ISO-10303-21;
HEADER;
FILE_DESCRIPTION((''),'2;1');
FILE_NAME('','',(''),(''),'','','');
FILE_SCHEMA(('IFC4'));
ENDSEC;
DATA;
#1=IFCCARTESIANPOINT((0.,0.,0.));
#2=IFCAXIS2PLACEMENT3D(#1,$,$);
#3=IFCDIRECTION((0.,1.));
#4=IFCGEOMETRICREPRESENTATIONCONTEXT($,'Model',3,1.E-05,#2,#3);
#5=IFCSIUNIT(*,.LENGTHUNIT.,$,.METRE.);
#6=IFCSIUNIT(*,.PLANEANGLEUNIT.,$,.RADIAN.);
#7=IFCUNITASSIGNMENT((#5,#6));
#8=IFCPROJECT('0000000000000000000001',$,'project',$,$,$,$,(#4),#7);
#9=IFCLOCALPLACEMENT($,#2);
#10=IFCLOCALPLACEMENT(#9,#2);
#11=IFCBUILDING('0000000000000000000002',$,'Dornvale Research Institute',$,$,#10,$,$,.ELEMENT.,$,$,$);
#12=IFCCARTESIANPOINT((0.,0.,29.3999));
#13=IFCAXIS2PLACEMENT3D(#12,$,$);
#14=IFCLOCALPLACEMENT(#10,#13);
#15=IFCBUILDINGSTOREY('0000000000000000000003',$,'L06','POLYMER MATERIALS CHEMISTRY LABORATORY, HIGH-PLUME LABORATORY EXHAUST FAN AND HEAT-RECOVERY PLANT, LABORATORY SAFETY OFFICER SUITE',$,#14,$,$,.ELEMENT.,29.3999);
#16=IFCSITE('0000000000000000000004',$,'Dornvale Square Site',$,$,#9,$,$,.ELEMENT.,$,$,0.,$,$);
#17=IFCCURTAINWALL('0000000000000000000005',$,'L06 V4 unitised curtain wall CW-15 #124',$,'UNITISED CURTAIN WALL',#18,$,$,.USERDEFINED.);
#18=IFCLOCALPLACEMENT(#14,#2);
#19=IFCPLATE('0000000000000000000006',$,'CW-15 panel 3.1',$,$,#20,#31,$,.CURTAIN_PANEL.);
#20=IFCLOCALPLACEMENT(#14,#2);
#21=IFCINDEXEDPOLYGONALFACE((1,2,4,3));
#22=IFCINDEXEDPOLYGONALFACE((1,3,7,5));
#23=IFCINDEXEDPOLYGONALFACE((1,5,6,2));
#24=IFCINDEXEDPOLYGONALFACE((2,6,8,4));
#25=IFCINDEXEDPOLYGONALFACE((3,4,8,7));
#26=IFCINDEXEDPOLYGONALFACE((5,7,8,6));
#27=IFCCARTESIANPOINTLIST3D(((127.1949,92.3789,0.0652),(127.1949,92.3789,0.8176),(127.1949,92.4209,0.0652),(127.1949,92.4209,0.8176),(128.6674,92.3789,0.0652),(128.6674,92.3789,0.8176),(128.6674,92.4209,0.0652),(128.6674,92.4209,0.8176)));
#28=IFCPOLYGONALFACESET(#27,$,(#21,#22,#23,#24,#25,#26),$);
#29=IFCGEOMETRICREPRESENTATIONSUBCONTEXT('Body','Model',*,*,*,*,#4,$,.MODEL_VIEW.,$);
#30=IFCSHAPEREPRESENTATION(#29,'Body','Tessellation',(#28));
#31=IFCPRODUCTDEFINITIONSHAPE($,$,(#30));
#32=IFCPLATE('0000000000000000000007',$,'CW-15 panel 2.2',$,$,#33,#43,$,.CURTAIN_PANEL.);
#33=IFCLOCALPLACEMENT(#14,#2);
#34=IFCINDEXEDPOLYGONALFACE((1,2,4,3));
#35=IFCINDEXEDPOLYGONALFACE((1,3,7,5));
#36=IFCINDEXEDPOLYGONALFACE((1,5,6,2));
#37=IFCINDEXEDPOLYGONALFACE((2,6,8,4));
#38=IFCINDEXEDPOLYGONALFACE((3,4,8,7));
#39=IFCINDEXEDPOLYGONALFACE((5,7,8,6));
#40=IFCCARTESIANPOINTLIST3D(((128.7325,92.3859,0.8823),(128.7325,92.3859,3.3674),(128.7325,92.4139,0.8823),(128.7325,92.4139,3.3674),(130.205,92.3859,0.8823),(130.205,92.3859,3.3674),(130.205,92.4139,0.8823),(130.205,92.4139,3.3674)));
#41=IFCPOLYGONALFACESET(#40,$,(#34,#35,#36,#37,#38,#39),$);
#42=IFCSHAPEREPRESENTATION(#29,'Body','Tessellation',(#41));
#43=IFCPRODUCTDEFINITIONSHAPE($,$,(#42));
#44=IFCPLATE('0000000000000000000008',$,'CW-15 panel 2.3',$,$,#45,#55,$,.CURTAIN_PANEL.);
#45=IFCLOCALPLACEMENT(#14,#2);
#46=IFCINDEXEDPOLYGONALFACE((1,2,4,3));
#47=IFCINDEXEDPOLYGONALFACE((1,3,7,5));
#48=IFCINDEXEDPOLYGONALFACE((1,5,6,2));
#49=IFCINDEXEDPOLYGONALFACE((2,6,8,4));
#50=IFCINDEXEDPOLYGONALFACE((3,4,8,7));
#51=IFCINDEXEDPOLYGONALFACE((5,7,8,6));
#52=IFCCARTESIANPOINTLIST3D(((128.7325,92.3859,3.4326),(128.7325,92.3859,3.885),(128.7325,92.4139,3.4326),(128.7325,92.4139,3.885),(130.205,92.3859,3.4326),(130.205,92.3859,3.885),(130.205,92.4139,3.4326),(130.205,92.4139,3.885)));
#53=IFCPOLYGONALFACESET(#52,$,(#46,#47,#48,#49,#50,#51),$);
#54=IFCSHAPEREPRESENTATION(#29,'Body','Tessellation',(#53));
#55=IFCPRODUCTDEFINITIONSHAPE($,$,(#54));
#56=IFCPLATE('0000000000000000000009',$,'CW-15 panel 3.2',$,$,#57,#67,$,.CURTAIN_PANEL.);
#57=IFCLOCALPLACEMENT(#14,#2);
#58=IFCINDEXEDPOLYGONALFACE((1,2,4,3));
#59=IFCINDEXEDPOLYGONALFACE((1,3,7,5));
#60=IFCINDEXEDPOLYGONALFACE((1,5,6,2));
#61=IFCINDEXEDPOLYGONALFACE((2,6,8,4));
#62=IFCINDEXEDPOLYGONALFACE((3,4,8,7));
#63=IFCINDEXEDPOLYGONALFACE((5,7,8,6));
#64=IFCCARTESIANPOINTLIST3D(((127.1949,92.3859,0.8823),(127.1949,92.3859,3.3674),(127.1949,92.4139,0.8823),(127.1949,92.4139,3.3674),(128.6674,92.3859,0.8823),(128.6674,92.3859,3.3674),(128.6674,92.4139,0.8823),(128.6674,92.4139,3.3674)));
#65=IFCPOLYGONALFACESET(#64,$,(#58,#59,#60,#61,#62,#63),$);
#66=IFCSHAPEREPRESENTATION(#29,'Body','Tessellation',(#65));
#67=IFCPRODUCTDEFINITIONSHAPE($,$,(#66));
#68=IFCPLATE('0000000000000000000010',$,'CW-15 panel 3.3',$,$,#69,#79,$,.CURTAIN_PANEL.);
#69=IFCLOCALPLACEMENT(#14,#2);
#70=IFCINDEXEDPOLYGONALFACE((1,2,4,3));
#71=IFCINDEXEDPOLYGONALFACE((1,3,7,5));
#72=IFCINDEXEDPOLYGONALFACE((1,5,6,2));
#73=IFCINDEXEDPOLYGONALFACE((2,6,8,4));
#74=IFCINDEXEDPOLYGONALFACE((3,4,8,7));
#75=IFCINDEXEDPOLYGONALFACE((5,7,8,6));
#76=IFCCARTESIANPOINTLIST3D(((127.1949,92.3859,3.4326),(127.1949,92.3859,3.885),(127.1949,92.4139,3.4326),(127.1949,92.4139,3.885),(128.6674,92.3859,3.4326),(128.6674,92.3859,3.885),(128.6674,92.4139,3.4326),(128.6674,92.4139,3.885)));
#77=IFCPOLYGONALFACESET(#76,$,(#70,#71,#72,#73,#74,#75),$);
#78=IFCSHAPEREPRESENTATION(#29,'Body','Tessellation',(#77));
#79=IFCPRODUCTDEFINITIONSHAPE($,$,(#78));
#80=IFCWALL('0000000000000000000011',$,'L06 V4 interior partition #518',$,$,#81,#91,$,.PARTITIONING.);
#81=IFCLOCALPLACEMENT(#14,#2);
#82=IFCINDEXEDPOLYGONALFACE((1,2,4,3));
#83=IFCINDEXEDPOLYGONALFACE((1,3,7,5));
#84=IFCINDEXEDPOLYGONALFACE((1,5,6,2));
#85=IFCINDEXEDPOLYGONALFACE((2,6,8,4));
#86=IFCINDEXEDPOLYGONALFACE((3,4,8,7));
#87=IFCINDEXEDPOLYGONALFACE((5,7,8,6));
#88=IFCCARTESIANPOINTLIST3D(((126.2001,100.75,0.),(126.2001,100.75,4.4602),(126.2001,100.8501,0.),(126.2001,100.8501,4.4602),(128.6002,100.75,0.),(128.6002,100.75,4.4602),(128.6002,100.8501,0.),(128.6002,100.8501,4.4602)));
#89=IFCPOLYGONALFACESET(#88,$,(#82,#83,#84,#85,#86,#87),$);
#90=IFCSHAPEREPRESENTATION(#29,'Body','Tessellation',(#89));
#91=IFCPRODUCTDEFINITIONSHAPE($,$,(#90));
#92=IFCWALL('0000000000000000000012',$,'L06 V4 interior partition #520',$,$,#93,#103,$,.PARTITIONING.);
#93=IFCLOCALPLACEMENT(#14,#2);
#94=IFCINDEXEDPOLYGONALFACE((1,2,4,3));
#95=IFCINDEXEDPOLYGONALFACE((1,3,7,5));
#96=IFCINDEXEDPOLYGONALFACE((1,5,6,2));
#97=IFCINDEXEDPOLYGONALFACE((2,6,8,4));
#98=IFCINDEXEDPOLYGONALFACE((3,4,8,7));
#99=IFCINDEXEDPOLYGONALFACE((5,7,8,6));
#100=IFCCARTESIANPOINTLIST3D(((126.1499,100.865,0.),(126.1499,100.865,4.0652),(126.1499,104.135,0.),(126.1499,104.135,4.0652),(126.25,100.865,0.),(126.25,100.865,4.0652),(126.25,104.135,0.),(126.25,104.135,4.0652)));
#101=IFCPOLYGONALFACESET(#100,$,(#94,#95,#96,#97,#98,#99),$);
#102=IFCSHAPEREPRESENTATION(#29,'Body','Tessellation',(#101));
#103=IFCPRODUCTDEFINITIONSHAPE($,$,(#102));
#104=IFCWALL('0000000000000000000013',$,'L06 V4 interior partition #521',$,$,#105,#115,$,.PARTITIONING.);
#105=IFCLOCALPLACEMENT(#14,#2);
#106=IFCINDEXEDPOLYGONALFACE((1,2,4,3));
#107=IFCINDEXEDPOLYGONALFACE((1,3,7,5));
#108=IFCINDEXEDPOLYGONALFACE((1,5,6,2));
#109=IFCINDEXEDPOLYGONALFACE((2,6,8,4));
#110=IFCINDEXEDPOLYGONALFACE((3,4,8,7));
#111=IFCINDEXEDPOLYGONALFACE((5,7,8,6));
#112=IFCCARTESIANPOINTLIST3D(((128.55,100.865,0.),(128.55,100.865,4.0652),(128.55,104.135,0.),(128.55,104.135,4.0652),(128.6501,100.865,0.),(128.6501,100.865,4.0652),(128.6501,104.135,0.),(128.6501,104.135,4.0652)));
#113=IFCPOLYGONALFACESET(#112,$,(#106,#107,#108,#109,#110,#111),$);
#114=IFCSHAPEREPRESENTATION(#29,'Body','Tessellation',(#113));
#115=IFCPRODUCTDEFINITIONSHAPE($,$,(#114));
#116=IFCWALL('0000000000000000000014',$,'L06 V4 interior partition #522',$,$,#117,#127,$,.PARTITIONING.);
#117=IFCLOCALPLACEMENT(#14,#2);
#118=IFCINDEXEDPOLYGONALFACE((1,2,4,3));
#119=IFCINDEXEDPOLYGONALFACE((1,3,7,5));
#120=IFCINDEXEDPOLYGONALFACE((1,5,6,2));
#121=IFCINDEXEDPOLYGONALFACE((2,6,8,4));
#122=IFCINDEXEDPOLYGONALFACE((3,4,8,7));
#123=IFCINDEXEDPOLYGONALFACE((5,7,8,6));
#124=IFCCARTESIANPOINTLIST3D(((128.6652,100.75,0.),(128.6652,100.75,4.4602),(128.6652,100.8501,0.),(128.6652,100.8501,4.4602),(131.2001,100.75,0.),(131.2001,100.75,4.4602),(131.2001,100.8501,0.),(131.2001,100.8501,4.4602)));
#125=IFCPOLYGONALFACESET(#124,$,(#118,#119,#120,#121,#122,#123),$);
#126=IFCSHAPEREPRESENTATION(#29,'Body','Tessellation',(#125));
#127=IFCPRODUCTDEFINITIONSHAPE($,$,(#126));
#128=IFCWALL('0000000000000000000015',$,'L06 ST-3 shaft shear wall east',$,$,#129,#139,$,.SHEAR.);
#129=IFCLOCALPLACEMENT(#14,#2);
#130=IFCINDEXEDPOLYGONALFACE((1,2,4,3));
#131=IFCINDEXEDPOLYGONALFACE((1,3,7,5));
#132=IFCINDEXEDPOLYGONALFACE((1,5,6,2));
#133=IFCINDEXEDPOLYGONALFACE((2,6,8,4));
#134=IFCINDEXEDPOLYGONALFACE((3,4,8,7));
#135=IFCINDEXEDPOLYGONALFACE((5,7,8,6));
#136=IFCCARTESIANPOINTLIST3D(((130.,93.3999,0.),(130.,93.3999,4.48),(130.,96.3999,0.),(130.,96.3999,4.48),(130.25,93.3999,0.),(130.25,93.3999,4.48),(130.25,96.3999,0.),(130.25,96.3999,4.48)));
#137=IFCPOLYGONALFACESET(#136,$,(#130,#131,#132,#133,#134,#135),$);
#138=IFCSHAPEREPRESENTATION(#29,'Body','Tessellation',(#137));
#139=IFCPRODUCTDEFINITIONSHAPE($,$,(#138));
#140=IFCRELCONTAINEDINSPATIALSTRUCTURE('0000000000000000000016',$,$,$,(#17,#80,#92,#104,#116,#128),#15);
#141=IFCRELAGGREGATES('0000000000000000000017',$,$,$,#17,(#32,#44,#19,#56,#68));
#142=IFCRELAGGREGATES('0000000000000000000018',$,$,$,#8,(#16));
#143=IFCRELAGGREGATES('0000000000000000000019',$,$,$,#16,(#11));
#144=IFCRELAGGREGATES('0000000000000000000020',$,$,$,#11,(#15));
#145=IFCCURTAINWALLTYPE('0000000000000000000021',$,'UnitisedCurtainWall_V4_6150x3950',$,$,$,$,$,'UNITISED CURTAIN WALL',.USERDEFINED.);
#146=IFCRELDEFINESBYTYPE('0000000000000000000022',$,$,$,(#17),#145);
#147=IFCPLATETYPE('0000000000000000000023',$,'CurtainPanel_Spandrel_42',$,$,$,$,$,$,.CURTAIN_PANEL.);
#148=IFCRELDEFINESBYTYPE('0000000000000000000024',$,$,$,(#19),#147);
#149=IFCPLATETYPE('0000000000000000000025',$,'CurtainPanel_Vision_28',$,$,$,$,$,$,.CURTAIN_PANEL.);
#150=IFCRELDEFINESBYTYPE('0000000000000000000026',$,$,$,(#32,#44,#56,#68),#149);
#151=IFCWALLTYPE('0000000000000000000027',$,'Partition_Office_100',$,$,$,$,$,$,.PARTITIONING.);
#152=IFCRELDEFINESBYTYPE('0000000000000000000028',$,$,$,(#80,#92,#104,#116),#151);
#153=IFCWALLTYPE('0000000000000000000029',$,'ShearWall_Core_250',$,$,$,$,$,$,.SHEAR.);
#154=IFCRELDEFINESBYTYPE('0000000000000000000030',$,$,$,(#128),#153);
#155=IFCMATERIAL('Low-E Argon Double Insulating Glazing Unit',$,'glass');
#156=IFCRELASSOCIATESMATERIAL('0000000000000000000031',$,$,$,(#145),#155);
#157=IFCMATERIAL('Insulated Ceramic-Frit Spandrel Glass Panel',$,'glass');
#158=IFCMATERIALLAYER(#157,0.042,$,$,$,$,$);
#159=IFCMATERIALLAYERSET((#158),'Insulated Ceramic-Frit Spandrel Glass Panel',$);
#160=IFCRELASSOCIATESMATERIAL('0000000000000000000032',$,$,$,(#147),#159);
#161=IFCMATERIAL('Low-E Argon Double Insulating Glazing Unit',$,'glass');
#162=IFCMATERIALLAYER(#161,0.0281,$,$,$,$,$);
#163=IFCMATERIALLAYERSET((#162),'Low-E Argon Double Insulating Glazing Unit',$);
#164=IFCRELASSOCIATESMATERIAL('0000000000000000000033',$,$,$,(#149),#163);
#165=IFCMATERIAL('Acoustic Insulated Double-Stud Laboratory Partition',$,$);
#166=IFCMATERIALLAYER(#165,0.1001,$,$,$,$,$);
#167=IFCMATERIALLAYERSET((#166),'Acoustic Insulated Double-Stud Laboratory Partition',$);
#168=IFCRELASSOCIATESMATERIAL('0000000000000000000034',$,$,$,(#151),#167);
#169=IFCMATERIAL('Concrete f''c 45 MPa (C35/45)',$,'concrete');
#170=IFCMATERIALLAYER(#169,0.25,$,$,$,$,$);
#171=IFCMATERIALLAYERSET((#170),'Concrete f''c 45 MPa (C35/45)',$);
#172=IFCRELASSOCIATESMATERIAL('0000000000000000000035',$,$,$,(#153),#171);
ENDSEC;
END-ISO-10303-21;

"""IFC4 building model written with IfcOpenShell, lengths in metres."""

from ifc_helpers import new_model, si_unit, direction, frame, frame_2d, origin, origin_2d, place, context, subcontext, project, spatial, rectangle, extrude, material, layer, layer_set, type_object, element, aggregate, save


model = new_model("IFC4")

# Units and contexts
model_context = context("Model", 3, precision=1e-05, world=origin(), true_north=direction((0.0, 1.0)))
body_context = subcontext(model_context, "Body", "Model", "MODEL_VIEW")
ifc_project = project(units=[si_unit("LENGTHUNIT", "METRE"), si_unit("PLANEANGLEUNIT", "RADIAN")], contexts=[model_context])

# Site, building, storey
site_placement = place(None, origin())
site = spatial("IfcSite", under=ifc_project, at=site_placement, Name="Dornvale Square Site", CompositionType="ELEMENT", RefElevation=0.0)
building_placement = place(site_placement, origin())
building = spatial("IfcBuilding", under=site, at=building_placement, Name="Dornvale Research Institute", CompositionType="ELEMENT")
storey_placement = place(building_placement, frame((0.0, 0.0, 29.3999)))
storey = spatial("IfcBuildingStorey", under=building, at=storey_placement, Name="L06", Description="POLYMER MATERIALS CHEMISTRY LABORATORY, HIGH-PLUME LABORATORY EXHAUST FAN AND HEAT-RECOVERY PLANT, LABORATORY SAFETY OFFICER SUITE", CompositionType="ELEMENT", Elevation=29.3999)

# Curtain wall, plates
ifc_material_1 = material(Name="Low-E Argon Double Insulating Glazing Unit", Category="glass")
curtain_wall_type = type_object("IfcCurtainWallType", Name="UnitisedCurtainWall_V4_6150x3950", ElementType="UNITISED CURTAIN WALL", PredefinedType="USERDEFINED", material=ifc_material_1)
curtain_wall_placement = place(storey_placement, origin())
curtain_wall = element("IfcCurtainWall", 1, at=curtain_wall_placement, inside=storey, type_object=curtain_wall_type, Name="L06 V4 unitised curtain wall CW-15 #124", ObjectType="UNITISED CURTAIN WALL", PredefinedType="USERDEFINED")
ifc_material_2 = material(Name="Insulated Ceramic-Frit Spandrel Glass Panel", Category="glass")
ifc_layer_1 = layer(ifc_material_2, 0.042)
ifc_layer_set_1 = layer_set([ifc_layer_1], Name="Insulated Ceramic-Frit Spandrel Glass Panel")
plate_type_1 = type_object("IfcPlateType", Name="CurtainPanel_Spandrel_42", PredefinedType="CURTAIN_PANEL", material=ifc_layer_set_1)
plate_1_placement = place(storey_placement, frame((127.9312, 92.3999, 0.0652), z_axis=(0.0, 0.0, 1.0), x_axis=(-1.0, 0.0, 0.0)))
plate_1 = element("IfcPlate", 2, at=plate_1_placement, type_object=plate_type_1, Name="CW-15 panel 3.1", PredefinedType="CURTAIN_PANEL", context=body_context, shape_type="SweptSolid", body=[
    extrude(rectangle(XDim=1.4724, YDim=0.042, at=origin_2d()), origin(), (0.0, 0.0, 1.0), 0.7524),
])
ifc_material_3 = material(Name="Low-E Argon Double Insulating Glazing Unit", Category="glass")
ifc_layer_2 = layer(ifc_material_3, 0.0281)
ifc_layer_set_2 = layer_set([ifc_layer_2], Name="Low-E Argon Double Insulating Glazing Unit")
plate_type_2 = type_object("IfcPlateType", Name="CurtainPanel_Vision_28", PredefinedType="CURTAIN_PANEL", material=ifc_layer_set_2)
plate_2_placement = place(storey_placement, frame((129.4688, 92.3999, 0.8823), z_axis=(0.0, 0.0, 1.0), x_axis=(-1.0, 0.0, 0.0)))
plate_2 = element("IfcPlate", 3, at=plate_2_placement, type_object=plate_type_2, Name="CW-15 panel 2.2", PredefinedType="CURTAIN_PANEL", context=body_context, shape_type="SweptSolid", body=[
    extrude(rectangle(XDim=1.4724, YDim=0.0281, at=origin_2d()), origin(), (0.0, 0.0, 1.0), 2.4851),
])
plate_3_placement = place(storey_placement, frame((129.4688, 92.3999, 3.4326), z_axis=(0.0, 0.0, 1.0), x_axis=(-1.0, 0.0, 0.0)))
plate_3 = element("IfcPlate", 4, at=plate_3_placement, type_object=plate_type_2, Name="CW-15 panel 2.3", PredefinedType="CURTAIN_PANEL", context=body_context, shape_type="SweptSolid", body=[
    extrude(rectangle(XDim=1.4724, YDim=0.0281, at=origin_2d()), origin(), (0.0, 0.0, 1.0), 0.4524),
])
plate_4_placement = place(storey_placement, frame((127.9312, 92.3999, 0.8823), z_axis=(0.0, 0.0, 1.0), x_axis=(-1.0, 0.0, 0.0)))
plate_4 = element("IfcPlate", 5, at=plate_4_placement, type_object=plate_type_2, Name="CW-15 panel 3.2", PredefinedType="CURTAIN_PANEL", context=body_context, shape_type="SweptSolid", body=[
    extrude(rectangle(XDim=1.4724, YDim=0.0281, at=origin_2d()), origin(), (0.0, 0.0, 1.0), 2.4851),
])
plate_5_placement = place(storey_placement, frame((127.9312, 92.3999, 3.4326), z_axis=(0.0, 0.0, 1.0), x_axis=(-1.0, 0.0, 0.0)))
plate_5 = element("IfcPlate", 6, at=plate_5_placement, type_object=plate_type_2, Name="CW-15 panel 3.3", PredefinedType="CURTAIN_PANEL", context=body_context, shape_type="SweptSolid", body=[
    extrude(rectangle(XDim=1.4724, YDim=0.0281, at=origin_2d()), origin(), (0.0, 0.0, 1.0), 0.4524),
])
aggregate(curtain_wall, [plate_2, plate_3, plate_1, plate_4, plate_5])

# Walls
ifc_material_4 = material(Name="Acoustic Insulated Double-Stud Laboratory Partition")
ifc_layer_3 = layer(ifc_material_4, 0.1001)
ifc_layer_set_3 = layer_set([ifc_layer_3], Name="Acoustic Insulated Double-Stud Laboratory Partition")
wall_type_1 = type_object("IfcWallType", Name="Partition_Office_100", PredefinedType="PARTITIONING", material=ifc_layer_set_3)
wall_1_placement = place(storey_placement, frame((126.2, 100.8, 0.0), z_axis=(0.0, 0.0, 1.0), x_axis=(1.0, 0.0, 0.0)))
element("IfcWall", 7, at=wall_1_placement, inside=storey, type_object=wall_type_1, Name="L06 V4 interior partition #518", PredefinedType="PARTITIONING", context=body_context, shape_type="SweptSolid", body=[
    extrude(rectangle(XDim=2.4001, YDim=0.1001, at=frame_2d((1.2002, 0.0))), origin(), (0.0, 0.0, 1.0), 4.4602),
])
for number, where, z_axis, x_axis, name in (
    (8, (126.2, 100.865, 0.0), (0.0, 0.0, 1.0), (0.0, 1.0, 0.0), "L06 V4 interior partition #520"),
    (9, (128.6001, 100.865, 0.0), (0.0, 0.0, 1.0), (0.0, 1.0, 0.0), "L06 V4 interior partition #521"),
):
    element("IfcWall", number, at=place(storey_placement, frame(where, z_axis=z_axis, x_axis=x_axis)), inside=storey, type_object=wall_type_1, Name=name, PredefinedType="PARTITIONING", context=body_context, shape_type="SweptSolid", body=[
        extrude(rectangle(XDim=3.27, YDim=0.1001, at=frame_2d((1.635, 0.0))), origin(), (0.0, 0.0, 1.0), 4.0652),
    ])
wall_2_placement = place(storey_placement, frame((128.665, 100.8, 0.0), z_axis=(0.0, 0.0, 1.0), x_axis=(1.0, 0.0, 0.0)))
element("IfcWall", 10, at=wall_2_placement, inside=storey, type_object=wall_type_1, Name="L06 V4 interior partition #522", PredefinedType="PARTITIONING", context=body_context, shape_type="SweptSolid", body=[
    extrude(rectangle(XDim=2.5349, YDim=0.1001, at=frame_2d((1.2676, 0.0))), origin(), (0.0, 0.0, 1.0), 4.4602),
])
ifc_material_5 = material(Name="Concrete f'c 45 MPa (C35/45)", Category="concrete")
ifc_layer_4 = layer(ifc_material_5, 0.25)
ifc_layer_set_4 = layer_set([ifc_layer_4], Name="Concrete f'c 45 MPa (C35/45)")
wall_type_2 = type_object("IfcWallType", Name="ShearWall_Core_250", PredefinedType="SHEAR", material=ifc_layer_set_4)
wall_3_placement = place(storey_placement, frame((130.125, 93.3999, 0.0), z_axis=(0.0, 0.0, 1.0), x_axis=(0.0, 1.0, 0.0)))
element("IfcWall", 11, at=wall_3_placement, inside=storey, type_object=wall_type_2, Name="L06 ST-3 shaft shear wall east", PredefinedType="SHEAR", context=body_context, shape_type="SweptSolid", body=[
    extrude(rectangle(XDim=3.0, YDim=0.25, at=frame_2d((1.5, 0.0))), origin(), (0.0, 0.0, 1.0), 4.48),
])

save(model, "model.ifc")
